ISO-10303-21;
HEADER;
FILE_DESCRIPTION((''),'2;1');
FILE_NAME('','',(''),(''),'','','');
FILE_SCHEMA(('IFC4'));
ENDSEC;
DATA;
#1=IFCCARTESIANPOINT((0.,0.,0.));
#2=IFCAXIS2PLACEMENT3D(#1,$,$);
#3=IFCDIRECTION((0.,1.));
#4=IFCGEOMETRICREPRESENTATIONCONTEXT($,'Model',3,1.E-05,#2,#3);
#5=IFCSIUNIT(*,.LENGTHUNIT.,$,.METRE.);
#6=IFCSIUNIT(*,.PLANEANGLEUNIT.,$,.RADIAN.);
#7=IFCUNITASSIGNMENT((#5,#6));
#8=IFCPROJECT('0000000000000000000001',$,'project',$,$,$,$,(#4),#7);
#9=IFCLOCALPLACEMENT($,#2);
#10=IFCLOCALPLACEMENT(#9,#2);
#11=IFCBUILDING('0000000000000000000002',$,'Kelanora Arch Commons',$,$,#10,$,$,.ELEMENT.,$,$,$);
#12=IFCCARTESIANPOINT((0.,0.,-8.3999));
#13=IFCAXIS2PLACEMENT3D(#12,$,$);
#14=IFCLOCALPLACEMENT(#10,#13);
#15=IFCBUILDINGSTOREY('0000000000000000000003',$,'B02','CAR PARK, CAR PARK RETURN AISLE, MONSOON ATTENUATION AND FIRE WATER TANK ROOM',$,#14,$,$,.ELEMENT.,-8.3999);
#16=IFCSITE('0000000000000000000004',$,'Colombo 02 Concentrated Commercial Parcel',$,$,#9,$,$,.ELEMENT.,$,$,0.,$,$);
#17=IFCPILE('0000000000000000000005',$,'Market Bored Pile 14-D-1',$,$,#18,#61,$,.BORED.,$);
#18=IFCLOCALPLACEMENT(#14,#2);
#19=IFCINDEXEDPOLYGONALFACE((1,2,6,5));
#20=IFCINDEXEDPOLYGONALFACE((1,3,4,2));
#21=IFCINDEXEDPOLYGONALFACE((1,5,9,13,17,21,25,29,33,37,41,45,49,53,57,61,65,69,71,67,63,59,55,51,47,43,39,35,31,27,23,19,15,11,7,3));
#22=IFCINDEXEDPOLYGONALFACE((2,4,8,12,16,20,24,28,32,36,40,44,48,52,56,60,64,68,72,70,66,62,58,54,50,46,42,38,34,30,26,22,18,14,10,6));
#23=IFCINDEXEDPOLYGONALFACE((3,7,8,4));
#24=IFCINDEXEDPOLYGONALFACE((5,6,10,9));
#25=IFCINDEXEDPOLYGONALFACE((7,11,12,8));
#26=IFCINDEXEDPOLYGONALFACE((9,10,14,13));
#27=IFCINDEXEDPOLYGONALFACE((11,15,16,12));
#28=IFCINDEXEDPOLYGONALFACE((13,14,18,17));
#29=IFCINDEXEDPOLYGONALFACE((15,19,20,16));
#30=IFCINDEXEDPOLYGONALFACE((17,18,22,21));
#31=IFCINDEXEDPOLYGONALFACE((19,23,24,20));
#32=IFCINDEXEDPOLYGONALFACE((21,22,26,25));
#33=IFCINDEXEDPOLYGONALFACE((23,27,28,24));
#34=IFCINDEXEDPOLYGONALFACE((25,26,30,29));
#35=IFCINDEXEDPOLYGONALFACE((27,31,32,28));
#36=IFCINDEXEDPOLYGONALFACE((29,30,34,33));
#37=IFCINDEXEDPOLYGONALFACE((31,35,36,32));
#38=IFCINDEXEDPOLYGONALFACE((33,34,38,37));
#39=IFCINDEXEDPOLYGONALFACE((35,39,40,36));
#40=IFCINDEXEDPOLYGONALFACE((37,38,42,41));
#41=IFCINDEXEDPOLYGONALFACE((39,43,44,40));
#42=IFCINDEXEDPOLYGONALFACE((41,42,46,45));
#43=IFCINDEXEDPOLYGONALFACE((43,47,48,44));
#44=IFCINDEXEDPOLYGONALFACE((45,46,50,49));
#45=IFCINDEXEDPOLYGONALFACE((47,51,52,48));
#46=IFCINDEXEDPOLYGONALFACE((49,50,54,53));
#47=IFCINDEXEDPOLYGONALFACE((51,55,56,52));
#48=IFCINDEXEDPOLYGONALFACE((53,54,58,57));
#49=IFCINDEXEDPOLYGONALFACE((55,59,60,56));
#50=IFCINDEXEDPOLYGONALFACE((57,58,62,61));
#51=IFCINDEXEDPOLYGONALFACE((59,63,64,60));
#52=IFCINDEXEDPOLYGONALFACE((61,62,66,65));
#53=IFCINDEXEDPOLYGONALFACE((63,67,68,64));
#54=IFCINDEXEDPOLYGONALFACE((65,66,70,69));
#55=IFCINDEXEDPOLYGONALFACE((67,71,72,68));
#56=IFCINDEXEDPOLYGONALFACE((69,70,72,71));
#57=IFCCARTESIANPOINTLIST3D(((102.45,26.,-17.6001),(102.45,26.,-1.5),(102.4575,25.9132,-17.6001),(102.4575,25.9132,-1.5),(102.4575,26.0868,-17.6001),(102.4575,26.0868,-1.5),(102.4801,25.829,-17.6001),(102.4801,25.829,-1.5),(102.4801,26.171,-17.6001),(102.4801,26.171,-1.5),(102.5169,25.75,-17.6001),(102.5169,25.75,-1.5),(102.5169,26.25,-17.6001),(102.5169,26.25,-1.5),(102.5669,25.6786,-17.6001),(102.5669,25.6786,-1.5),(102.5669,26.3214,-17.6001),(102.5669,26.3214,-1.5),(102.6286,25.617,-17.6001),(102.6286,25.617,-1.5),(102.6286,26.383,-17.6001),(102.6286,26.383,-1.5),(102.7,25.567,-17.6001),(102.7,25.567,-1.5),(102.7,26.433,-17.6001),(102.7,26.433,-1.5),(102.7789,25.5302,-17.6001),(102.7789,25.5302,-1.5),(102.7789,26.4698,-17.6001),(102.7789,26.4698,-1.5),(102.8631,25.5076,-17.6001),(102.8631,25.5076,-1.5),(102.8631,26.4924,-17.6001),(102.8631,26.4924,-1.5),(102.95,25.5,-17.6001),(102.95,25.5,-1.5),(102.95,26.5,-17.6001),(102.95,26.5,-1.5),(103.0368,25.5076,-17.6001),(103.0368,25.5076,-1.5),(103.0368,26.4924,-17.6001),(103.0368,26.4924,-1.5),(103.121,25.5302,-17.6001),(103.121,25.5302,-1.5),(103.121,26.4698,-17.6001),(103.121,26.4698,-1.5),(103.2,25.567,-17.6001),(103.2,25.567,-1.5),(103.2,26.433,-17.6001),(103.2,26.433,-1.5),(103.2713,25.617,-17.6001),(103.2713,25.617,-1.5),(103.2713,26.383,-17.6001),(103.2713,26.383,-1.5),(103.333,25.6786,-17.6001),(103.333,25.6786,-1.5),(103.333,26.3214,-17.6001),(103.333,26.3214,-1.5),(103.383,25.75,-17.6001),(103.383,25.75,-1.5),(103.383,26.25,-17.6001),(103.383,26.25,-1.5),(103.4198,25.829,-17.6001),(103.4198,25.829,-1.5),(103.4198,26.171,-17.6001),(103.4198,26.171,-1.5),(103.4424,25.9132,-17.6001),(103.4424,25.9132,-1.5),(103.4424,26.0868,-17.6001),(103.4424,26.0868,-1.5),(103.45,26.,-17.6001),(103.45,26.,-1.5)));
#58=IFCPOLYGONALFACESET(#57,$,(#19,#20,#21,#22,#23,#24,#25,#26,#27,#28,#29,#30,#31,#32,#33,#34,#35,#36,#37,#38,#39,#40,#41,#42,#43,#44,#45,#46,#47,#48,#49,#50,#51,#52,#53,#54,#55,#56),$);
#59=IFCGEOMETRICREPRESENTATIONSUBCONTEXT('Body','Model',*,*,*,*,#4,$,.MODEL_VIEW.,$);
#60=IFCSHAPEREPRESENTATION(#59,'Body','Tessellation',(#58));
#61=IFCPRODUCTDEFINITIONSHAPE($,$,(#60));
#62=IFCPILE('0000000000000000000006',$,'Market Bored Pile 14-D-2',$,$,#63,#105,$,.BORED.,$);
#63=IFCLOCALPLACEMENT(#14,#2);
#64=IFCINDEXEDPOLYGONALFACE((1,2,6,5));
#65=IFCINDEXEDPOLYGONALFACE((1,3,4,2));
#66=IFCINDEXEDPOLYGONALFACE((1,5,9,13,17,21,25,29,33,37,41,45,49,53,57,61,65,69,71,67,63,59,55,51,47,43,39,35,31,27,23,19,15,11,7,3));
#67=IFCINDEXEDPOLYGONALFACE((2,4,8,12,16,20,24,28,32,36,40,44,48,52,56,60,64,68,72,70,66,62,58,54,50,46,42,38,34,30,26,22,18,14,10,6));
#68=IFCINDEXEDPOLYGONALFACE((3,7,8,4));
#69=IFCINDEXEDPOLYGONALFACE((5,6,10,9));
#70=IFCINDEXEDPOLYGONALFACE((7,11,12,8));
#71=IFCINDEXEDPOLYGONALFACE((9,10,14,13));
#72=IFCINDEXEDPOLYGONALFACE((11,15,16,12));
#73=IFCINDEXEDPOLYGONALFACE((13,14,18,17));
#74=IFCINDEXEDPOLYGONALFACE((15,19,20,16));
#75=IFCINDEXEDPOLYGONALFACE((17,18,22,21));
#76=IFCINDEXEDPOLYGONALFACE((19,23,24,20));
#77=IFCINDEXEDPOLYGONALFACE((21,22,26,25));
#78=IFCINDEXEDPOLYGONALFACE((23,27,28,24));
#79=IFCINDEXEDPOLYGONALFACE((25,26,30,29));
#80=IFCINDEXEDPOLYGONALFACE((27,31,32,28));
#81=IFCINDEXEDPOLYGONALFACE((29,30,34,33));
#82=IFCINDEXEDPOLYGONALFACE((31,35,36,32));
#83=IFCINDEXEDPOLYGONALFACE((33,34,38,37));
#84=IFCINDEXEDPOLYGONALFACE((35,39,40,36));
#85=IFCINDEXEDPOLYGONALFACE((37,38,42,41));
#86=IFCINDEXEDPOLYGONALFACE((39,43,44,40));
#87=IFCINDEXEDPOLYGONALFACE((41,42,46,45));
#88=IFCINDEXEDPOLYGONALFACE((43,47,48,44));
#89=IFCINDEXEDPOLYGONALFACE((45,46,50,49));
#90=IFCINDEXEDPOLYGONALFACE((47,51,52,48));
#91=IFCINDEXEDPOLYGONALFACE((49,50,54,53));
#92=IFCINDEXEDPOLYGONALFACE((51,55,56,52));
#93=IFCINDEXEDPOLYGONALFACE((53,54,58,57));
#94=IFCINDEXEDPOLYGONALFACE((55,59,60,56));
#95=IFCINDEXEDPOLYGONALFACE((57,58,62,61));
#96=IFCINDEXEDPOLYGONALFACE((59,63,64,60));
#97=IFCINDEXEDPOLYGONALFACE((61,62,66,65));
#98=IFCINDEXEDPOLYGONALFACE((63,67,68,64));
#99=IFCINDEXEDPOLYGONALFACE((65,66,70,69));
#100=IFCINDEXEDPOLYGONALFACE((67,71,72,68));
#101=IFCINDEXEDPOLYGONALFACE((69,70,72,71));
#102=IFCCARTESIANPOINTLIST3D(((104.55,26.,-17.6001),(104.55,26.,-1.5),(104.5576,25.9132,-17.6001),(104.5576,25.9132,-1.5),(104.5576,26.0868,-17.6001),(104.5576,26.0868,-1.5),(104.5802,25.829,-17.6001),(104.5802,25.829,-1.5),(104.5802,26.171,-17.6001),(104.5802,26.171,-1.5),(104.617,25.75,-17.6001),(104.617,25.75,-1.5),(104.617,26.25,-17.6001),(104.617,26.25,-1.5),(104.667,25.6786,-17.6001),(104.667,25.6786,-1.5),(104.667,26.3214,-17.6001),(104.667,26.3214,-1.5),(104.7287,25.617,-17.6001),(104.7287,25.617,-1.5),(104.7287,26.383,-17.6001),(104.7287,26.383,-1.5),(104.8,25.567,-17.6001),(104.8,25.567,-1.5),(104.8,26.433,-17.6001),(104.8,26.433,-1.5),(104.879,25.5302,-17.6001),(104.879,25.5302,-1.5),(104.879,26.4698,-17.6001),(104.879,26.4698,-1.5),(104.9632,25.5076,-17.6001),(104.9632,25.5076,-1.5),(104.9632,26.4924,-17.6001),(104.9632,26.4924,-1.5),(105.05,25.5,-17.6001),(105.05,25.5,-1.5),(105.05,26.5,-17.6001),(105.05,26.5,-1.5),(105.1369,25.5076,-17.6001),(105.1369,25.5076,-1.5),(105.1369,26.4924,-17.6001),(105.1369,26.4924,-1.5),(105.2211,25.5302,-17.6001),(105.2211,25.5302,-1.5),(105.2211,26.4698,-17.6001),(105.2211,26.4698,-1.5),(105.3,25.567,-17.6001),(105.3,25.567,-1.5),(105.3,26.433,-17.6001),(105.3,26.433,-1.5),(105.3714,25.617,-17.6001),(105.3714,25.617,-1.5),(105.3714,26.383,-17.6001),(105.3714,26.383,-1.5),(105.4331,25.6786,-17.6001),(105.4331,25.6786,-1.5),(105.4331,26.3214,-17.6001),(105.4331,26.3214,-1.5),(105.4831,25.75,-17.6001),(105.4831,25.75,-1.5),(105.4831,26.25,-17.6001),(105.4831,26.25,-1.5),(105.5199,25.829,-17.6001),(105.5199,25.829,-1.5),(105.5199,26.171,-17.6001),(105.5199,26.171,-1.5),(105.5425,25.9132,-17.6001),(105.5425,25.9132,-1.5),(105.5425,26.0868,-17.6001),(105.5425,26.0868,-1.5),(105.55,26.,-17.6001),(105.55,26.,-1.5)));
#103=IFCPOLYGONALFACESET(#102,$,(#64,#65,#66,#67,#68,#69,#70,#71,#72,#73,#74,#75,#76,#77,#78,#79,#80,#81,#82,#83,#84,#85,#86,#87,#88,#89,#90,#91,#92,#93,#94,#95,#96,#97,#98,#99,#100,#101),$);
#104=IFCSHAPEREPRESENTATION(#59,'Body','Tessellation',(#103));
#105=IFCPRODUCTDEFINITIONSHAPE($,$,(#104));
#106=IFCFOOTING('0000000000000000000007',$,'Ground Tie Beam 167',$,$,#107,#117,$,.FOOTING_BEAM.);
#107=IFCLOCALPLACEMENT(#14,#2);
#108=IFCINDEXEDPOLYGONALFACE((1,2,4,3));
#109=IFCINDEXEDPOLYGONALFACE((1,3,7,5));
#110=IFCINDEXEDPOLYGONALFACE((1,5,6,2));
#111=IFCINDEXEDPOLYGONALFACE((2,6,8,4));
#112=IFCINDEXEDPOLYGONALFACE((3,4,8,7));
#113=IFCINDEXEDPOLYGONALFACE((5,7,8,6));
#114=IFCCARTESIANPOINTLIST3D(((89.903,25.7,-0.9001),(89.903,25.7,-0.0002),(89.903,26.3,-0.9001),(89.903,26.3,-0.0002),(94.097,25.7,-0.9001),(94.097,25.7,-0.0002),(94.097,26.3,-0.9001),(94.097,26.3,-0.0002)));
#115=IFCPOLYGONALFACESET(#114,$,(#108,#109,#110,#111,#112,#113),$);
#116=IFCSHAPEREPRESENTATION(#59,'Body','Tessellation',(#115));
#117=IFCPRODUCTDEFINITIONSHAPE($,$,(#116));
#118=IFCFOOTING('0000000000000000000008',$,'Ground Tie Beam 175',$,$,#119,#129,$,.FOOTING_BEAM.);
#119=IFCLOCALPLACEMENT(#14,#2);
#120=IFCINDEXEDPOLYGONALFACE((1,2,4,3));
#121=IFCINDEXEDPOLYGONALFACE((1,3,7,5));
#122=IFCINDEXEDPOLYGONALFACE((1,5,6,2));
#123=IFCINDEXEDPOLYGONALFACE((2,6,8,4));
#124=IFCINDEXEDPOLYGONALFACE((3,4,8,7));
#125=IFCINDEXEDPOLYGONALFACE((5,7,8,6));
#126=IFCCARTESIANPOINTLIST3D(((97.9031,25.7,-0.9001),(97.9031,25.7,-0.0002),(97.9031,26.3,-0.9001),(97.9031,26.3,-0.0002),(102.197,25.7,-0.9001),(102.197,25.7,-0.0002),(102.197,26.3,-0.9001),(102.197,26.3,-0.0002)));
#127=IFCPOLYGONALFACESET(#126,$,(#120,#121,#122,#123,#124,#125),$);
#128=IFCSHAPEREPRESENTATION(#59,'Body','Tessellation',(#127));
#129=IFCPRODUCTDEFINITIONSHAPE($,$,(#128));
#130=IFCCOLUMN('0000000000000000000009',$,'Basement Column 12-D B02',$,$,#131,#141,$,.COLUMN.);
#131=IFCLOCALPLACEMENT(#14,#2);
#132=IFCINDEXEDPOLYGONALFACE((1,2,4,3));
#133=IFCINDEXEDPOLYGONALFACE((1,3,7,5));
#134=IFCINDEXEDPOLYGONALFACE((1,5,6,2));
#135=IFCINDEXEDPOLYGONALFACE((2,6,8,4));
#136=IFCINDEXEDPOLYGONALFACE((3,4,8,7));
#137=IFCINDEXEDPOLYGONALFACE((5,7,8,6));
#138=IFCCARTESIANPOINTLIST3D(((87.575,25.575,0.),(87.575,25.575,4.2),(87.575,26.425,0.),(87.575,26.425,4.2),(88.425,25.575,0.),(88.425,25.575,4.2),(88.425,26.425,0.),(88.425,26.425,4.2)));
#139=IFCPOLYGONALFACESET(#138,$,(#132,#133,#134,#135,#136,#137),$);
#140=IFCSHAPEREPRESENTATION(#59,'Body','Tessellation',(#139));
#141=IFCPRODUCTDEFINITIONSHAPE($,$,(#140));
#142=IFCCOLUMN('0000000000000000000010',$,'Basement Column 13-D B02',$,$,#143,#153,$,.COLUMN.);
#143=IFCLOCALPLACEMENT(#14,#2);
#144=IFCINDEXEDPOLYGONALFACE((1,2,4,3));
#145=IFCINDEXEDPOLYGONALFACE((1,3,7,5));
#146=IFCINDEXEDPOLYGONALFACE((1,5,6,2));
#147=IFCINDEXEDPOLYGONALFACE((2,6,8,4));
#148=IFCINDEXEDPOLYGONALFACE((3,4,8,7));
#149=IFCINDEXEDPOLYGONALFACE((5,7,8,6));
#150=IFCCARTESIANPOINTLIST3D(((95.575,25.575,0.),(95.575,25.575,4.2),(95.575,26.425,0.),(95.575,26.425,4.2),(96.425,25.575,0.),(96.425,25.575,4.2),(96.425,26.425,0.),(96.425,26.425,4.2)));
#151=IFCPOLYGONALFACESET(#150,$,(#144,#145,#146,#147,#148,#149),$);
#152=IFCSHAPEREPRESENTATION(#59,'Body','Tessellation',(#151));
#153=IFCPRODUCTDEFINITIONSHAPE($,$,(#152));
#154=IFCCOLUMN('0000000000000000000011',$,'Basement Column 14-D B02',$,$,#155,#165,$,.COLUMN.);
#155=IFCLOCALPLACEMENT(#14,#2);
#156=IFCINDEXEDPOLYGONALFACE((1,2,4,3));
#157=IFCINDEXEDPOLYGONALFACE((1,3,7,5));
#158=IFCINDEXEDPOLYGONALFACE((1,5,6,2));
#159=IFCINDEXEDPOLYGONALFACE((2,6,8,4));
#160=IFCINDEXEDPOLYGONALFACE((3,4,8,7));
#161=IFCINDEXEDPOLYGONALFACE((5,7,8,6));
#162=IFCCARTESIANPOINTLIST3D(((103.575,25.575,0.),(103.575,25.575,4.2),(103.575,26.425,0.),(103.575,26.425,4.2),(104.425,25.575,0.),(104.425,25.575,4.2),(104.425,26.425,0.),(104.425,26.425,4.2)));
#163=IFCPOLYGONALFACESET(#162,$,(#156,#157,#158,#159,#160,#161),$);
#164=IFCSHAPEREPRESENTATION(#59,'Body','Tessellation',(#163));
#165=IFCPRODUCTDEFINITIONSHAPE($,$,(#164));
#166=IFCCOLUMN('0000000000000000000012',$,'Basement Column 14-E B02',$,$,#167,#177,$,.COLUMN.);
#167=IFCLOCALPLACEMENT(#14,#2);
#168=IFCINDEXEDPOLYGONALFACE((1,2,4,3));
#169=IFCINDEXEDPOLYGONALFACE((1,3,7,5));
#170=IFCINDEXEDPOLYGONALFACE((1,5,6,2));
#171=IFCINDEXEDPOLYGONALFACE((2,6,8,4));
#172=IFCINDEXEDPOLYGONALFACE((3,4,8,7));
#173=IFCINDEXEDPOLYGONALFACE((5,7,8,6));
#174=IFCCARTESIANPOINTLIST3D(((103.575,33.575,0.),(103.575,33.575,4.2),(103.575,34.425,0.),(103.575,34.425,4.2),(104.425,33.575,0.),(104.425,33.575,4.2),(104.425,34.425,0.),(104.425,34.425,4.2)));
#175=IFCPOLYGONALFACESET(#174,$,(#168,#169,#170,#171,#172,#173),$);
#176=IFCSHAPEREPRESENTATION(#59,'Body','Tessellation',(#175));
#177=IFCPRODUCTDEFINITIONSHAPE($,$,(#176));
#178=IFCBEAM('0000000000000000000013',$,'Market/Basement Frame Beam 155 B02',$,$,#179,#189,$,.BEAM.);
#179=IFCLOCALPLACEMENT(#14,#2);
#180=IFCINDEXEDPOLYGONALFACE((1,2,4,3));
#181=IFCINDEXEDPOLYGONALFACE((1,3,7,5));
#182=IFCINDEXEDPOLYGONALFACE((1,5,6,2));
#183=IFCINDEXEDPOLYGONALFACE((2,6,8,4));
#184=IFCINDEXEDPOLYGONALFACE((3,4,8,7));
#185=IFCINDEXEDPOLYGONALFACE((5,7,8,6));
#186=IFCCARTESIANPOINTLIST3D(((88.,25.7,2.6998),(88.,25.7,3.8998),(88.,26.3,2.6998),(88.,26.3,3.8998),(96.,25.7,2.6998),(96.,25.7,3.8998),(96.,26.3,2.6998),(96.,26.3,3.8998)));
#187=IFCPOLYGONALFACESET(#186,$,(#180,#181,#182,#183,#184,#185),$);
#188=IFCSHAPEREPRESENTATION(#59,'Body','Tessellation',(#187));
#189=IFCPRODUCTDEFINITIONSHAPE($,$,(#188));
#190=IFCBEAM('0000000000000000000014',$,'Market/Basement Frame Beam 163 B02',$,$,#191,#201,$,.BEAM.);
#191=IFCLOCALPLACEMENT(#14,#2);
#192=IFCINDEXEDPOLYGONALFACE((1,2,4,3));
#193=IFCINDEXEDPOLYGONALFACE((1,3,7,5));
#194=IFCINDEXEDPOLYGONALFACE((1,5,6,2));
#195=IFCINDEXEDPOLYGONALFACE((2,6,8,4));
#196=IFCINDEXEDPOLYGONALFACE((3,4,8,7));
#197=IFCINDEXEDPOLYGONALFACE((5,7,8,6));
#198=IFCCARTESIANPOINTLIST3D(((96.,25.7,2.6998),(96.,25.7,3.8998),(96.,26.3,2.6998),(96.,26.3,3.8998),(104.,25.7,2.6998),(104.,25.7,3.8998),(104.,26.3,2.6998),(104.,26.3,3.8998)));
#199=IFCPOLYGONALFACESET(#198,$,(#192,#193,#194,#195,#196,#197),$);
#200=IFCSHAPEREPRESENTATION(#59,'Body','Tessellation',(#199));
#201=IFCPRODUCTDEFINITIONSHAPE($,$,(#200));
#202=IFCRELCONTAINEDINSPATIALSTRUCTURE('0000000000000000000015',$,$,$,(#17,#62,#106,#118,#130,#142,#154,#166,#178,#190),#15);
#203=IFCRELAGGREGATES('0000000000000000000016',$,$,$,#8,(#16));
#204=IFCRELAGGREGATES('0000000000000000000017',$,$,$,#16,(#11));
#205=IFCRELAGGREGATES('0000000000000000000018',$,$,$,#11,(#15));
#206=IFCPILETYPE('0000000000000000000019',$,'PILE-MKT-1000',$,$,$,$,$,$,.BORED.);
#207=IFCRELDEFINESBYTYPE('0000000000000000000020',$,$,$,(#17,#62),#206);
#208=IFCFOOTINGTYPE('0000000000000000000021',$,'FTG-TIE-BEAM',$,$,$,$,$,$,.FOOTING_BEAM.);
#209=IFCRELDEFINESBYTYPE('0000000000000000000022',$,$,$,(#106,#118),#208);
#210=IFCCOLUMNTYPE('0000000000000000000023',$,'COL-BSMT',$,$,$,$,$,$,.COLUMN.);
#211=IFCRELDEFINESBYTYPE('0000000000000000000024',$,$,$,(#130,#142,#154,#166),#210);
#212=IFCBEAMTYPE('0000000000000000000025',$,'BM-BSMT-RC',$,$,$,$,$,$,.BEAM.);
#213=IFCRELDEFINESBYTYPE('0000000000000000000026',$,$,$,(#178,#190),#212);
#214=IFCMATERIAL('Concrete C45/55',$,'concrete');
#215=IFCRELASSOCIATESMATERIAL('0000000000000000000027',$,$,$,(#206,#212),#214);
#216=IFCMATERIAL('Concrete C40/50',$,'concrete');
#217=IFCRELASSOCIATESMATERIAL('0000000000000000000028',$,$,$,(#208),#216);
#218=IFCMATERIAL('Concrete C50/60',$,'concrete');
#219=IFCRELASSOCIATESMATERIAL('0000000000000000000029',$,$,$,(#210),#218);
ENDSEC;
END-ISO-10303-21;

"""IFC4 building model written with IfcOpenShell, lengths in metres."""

from ifc_helpers import new_model, si_unit, direction, frame, origin, origin_2d, place, context, subcontext, project, spatial, rectangle, circle, extrude, source, transform, mapped, material, material_profile, profile_set, type_object, element, save


model = new_model("IFC4")

# Units and contexts
model_context = context("Model", 3, precision=1e-05, world=origin(), true_north=direction((0.0, 1.0)))
body_context = subcontext(model_context, "Body", "Model", "MODEL_VIEW")
ifc_project = project(units=[si_unit("LENGTHUNIT", "METRE"), si_unit("PLANEANGLEUNIT", "RADIAN")], contexts=[model_context])

# Site, building, storey
site_placement = place(None, origin())
site = spatial("IfcSite", under=ifc_project, at=site_placement, Name="Colombo 02 Concentrated Commercial Parcel", CompositionType="ELEMENT", RefElevation=0.0)
building_placement = place(site_placement, origin())
building = spatial("IfcBuilding", under=site, at=building_placement, Name="Kelanora Arch Commons", CompositionType="ELEMENT")
storey_placement = place(building_placement, frame((0.0, 0.0, -8.3999)))
storey = spatial("IfcBuildingStorey", under=building, at=storey_placement, Name="B02", Description="CAR PARK, CAR PARK RETURN AISLE, MONSOON ATTENUATION AND FIRE WATER TANK ROOM", CompositionType="ELEMENT", Elevation=-8.3999)

# Shared definitions
ifc_material_1 = material(Name="Concrete C45/55", Category="concrete")

# Shared definitions
ifc_material_2 = material(Name="Concrete C40/50", Category="concrete")

# Shared definitions
ifc_material_profile_1 = material_profile(ifc_material_1, circle(Radius=0.5, at=origin_2d()), Name="PILE1000")
ifc_profile_set_1 = profile_set([ifc_material_profile_1], Name="Concrete C45/55")
pile_type_1 = type_object("IfcPileType", Name="PILE-MKT-1000", PredefinedType="BORED", material=ifc_profile_set_1)

# Piles
shared_shape_1 = source(origin(), body_context, "Body", "SweptSolid", [
    extrude(circle(Radius=0.5, at=origin_2d()), origin(), (0.0, 0.0, 1.0), 16.1001),
])
for number, where, z_axis, x_axis, name in (
    (1, (102.95, 26.0, -1.5), (0.0, 0.0, -1.0), (1.0, 0.0, 0.0), "Market Bored Pile 14-D-1"),
    (2, (105.05, 26.0, -1.5), (0.0, 0.0, -1.0), (1.0, 0.0, 0.0), "Market Bored Pile 14-D-2"),
):
    element("IfcPile", number, at=place(storey_placement, frame(where, z_axis=z_axis, x_axis=x_axis)), inside=storey, type_object=pile_type_1, Name=name, PredefinedType="BORED", context=body_context, shape_type="MappedRepresentation", body=[
        mapped(shared_shape_1, transform((0.0, 0.0, 0.0), scale=1.0)),
    ])

# Footings
footing_type_1 = type_object("IfcFootingType", Name="FTG-TIE-BEAM", PredefinedType="FOOTING_BEAM", material=ifc_material_2)
shared_shape_2 = source(origin(), body_context, "Body", "SweptSolid", [
    extrude(rectangle(XDim=4.1941, YDim=0.6001, at=origin_2d()), origin(), (0.0, 0.0, 1.0), 0.8999),
])
footing_1_placement = place(storey_placement, frame((92.0, 26.0, -0.9001), z_axis=(0.0, 0.0, 1.0), x_axis=(1.0, 0.0, 0.0)))
element("IfcFooting", 3, at=footing_1_placement, inside=storey, type_object=footing_type_1, Name="Ground Tie Beam 167", PredefinedType="FOOTING_BEAM", context=body_context, shape_type="MappedRepresentation", body=[
    mapped(shared_shape_2, transform((0.0, 0.0, 0.0), scale=1.0)),
])
shared_shape_3 = source(origin(), body_context, "Body", "SweptSolid", [
    extrude(rectangle(XDim=4.2939, YDim=0.6001, at=origin_2d()), origin(), (0.0, 0.0, 1.0), 0.8999),
])
footing_2_placement = place(storey_placement, frame((100.05, 26.0, -0.9001), z_axis=(0.0, 0.0, 1.0), x_axis=(1.0, 0.0, 0.0)))
element("IfcFooting", 4, at=footing_2_placement, inside=storey, type_object=footing_type_1, Name="Ground Tie Beam 175", PredefinedType="FOOTING_BEAM", context=body_context, shape_type="MappedRepresentation", body=[
    mapped(shared_shape_3, transform((0.0, 0.0, 0.0), scale=1.0)),
])

# Columns
ifc_material_3 = material(Name="Concrete C50/60", Category="concrete")
ifc_material_profile_2 = material_profile(ifc_material_3, rectangle(XDim=0.8501, YDim=0.8501, at=origin_2d()), Name="RC850x850")
ifc_profile_set_2 = profile_set([ifc_material_profile_2], Name="Concrete C50/60")
column_type = type_object("IfcColumnType", Name="COL-BSMT", PredefinedType="COLUMN", material=ifc_profile_set_2)
for number, where, z_axis, x_axis, name in (
    (5, (88.0, 26.0, 0.0), (0.0, 0.0, 1.0), (1.0, 0.0, 0.0), "Basement Column 12-D B02"),
    (6, (96.0, 26.0, 0.0), (0.0, 0.0, 1.0), (1.0, 0.0, 0.0), "Basement Column 13-D B02"),
    (7, (104.0, 26.0, 0.0), (0.0, 0.0, 1.0), (1.0, 0.0, 0.0), "Basement Column 14-D B02"),
    (8, (104.0, 34.0, 0.0), (0.0, 0.0, 1.0), (1.0, 0.0, 0.0), "Basement Column 14-E B02"),
):
    element("IfcColumn", number, at=place(storey_placement, frame(where, z_axis=z_axis, x_axis=x_axis)), inside=storey, type_object=column_type, Name=name, PredefinedType="COLUMN", context=body_context, shape_type="SweptSolid", body=[
        extrude(rectangle(XDim=0.8501, YDim=0.8501, at=origin_2d()), origin(), (0.0, 0.0, 1.0), 4.2),
    ])

# Beams
ifc_material_profile_3 = material_profile(ifc_material_1, rectangle(XDim=0.6001, YDim=1.2, at=origin_2d()), Name="RCB600x1200")
ifc_profile_set_3 = profile_set([ifc_material_profile_3], Name="Concrete C45/55")
beam_type = type_object("IfcBeamType", Name="BM-BSMT-RC", PredefinedType="BEAM", material=ifc_profile_set_3)
for number, where, z_axis, x_axis, name in (
    (9, (88.0, 26.0, 3.2998), (1.0, 0.0, 0.0), (0.0, 1.0, 0.0), "Market/Basement Frame Beam 155 B02"),
    (10, (96.0, 26.0, 3.2998), (1.0, 0.0, 0.0), (0.0, 1.0, 0.0), "Market/Basement Frame Beam 163 B02"),
):
    element("IfcBeam", number, at=place(storey_placement, frame(where, z_axis=z_axis, x_axis=x_axis)), inside=storey, type_object=beam_type, Name=name, PredefinedType="BEAM", context=body_context, shape_type="SweptSolid", body=[
        extrude(rectangle(XDim=0.6001, YDim=1.2, at=origin_2d()), origin(), (0.0, 0.0, 1.0), 8.0),
    ])

save(model, "model.ifc")
